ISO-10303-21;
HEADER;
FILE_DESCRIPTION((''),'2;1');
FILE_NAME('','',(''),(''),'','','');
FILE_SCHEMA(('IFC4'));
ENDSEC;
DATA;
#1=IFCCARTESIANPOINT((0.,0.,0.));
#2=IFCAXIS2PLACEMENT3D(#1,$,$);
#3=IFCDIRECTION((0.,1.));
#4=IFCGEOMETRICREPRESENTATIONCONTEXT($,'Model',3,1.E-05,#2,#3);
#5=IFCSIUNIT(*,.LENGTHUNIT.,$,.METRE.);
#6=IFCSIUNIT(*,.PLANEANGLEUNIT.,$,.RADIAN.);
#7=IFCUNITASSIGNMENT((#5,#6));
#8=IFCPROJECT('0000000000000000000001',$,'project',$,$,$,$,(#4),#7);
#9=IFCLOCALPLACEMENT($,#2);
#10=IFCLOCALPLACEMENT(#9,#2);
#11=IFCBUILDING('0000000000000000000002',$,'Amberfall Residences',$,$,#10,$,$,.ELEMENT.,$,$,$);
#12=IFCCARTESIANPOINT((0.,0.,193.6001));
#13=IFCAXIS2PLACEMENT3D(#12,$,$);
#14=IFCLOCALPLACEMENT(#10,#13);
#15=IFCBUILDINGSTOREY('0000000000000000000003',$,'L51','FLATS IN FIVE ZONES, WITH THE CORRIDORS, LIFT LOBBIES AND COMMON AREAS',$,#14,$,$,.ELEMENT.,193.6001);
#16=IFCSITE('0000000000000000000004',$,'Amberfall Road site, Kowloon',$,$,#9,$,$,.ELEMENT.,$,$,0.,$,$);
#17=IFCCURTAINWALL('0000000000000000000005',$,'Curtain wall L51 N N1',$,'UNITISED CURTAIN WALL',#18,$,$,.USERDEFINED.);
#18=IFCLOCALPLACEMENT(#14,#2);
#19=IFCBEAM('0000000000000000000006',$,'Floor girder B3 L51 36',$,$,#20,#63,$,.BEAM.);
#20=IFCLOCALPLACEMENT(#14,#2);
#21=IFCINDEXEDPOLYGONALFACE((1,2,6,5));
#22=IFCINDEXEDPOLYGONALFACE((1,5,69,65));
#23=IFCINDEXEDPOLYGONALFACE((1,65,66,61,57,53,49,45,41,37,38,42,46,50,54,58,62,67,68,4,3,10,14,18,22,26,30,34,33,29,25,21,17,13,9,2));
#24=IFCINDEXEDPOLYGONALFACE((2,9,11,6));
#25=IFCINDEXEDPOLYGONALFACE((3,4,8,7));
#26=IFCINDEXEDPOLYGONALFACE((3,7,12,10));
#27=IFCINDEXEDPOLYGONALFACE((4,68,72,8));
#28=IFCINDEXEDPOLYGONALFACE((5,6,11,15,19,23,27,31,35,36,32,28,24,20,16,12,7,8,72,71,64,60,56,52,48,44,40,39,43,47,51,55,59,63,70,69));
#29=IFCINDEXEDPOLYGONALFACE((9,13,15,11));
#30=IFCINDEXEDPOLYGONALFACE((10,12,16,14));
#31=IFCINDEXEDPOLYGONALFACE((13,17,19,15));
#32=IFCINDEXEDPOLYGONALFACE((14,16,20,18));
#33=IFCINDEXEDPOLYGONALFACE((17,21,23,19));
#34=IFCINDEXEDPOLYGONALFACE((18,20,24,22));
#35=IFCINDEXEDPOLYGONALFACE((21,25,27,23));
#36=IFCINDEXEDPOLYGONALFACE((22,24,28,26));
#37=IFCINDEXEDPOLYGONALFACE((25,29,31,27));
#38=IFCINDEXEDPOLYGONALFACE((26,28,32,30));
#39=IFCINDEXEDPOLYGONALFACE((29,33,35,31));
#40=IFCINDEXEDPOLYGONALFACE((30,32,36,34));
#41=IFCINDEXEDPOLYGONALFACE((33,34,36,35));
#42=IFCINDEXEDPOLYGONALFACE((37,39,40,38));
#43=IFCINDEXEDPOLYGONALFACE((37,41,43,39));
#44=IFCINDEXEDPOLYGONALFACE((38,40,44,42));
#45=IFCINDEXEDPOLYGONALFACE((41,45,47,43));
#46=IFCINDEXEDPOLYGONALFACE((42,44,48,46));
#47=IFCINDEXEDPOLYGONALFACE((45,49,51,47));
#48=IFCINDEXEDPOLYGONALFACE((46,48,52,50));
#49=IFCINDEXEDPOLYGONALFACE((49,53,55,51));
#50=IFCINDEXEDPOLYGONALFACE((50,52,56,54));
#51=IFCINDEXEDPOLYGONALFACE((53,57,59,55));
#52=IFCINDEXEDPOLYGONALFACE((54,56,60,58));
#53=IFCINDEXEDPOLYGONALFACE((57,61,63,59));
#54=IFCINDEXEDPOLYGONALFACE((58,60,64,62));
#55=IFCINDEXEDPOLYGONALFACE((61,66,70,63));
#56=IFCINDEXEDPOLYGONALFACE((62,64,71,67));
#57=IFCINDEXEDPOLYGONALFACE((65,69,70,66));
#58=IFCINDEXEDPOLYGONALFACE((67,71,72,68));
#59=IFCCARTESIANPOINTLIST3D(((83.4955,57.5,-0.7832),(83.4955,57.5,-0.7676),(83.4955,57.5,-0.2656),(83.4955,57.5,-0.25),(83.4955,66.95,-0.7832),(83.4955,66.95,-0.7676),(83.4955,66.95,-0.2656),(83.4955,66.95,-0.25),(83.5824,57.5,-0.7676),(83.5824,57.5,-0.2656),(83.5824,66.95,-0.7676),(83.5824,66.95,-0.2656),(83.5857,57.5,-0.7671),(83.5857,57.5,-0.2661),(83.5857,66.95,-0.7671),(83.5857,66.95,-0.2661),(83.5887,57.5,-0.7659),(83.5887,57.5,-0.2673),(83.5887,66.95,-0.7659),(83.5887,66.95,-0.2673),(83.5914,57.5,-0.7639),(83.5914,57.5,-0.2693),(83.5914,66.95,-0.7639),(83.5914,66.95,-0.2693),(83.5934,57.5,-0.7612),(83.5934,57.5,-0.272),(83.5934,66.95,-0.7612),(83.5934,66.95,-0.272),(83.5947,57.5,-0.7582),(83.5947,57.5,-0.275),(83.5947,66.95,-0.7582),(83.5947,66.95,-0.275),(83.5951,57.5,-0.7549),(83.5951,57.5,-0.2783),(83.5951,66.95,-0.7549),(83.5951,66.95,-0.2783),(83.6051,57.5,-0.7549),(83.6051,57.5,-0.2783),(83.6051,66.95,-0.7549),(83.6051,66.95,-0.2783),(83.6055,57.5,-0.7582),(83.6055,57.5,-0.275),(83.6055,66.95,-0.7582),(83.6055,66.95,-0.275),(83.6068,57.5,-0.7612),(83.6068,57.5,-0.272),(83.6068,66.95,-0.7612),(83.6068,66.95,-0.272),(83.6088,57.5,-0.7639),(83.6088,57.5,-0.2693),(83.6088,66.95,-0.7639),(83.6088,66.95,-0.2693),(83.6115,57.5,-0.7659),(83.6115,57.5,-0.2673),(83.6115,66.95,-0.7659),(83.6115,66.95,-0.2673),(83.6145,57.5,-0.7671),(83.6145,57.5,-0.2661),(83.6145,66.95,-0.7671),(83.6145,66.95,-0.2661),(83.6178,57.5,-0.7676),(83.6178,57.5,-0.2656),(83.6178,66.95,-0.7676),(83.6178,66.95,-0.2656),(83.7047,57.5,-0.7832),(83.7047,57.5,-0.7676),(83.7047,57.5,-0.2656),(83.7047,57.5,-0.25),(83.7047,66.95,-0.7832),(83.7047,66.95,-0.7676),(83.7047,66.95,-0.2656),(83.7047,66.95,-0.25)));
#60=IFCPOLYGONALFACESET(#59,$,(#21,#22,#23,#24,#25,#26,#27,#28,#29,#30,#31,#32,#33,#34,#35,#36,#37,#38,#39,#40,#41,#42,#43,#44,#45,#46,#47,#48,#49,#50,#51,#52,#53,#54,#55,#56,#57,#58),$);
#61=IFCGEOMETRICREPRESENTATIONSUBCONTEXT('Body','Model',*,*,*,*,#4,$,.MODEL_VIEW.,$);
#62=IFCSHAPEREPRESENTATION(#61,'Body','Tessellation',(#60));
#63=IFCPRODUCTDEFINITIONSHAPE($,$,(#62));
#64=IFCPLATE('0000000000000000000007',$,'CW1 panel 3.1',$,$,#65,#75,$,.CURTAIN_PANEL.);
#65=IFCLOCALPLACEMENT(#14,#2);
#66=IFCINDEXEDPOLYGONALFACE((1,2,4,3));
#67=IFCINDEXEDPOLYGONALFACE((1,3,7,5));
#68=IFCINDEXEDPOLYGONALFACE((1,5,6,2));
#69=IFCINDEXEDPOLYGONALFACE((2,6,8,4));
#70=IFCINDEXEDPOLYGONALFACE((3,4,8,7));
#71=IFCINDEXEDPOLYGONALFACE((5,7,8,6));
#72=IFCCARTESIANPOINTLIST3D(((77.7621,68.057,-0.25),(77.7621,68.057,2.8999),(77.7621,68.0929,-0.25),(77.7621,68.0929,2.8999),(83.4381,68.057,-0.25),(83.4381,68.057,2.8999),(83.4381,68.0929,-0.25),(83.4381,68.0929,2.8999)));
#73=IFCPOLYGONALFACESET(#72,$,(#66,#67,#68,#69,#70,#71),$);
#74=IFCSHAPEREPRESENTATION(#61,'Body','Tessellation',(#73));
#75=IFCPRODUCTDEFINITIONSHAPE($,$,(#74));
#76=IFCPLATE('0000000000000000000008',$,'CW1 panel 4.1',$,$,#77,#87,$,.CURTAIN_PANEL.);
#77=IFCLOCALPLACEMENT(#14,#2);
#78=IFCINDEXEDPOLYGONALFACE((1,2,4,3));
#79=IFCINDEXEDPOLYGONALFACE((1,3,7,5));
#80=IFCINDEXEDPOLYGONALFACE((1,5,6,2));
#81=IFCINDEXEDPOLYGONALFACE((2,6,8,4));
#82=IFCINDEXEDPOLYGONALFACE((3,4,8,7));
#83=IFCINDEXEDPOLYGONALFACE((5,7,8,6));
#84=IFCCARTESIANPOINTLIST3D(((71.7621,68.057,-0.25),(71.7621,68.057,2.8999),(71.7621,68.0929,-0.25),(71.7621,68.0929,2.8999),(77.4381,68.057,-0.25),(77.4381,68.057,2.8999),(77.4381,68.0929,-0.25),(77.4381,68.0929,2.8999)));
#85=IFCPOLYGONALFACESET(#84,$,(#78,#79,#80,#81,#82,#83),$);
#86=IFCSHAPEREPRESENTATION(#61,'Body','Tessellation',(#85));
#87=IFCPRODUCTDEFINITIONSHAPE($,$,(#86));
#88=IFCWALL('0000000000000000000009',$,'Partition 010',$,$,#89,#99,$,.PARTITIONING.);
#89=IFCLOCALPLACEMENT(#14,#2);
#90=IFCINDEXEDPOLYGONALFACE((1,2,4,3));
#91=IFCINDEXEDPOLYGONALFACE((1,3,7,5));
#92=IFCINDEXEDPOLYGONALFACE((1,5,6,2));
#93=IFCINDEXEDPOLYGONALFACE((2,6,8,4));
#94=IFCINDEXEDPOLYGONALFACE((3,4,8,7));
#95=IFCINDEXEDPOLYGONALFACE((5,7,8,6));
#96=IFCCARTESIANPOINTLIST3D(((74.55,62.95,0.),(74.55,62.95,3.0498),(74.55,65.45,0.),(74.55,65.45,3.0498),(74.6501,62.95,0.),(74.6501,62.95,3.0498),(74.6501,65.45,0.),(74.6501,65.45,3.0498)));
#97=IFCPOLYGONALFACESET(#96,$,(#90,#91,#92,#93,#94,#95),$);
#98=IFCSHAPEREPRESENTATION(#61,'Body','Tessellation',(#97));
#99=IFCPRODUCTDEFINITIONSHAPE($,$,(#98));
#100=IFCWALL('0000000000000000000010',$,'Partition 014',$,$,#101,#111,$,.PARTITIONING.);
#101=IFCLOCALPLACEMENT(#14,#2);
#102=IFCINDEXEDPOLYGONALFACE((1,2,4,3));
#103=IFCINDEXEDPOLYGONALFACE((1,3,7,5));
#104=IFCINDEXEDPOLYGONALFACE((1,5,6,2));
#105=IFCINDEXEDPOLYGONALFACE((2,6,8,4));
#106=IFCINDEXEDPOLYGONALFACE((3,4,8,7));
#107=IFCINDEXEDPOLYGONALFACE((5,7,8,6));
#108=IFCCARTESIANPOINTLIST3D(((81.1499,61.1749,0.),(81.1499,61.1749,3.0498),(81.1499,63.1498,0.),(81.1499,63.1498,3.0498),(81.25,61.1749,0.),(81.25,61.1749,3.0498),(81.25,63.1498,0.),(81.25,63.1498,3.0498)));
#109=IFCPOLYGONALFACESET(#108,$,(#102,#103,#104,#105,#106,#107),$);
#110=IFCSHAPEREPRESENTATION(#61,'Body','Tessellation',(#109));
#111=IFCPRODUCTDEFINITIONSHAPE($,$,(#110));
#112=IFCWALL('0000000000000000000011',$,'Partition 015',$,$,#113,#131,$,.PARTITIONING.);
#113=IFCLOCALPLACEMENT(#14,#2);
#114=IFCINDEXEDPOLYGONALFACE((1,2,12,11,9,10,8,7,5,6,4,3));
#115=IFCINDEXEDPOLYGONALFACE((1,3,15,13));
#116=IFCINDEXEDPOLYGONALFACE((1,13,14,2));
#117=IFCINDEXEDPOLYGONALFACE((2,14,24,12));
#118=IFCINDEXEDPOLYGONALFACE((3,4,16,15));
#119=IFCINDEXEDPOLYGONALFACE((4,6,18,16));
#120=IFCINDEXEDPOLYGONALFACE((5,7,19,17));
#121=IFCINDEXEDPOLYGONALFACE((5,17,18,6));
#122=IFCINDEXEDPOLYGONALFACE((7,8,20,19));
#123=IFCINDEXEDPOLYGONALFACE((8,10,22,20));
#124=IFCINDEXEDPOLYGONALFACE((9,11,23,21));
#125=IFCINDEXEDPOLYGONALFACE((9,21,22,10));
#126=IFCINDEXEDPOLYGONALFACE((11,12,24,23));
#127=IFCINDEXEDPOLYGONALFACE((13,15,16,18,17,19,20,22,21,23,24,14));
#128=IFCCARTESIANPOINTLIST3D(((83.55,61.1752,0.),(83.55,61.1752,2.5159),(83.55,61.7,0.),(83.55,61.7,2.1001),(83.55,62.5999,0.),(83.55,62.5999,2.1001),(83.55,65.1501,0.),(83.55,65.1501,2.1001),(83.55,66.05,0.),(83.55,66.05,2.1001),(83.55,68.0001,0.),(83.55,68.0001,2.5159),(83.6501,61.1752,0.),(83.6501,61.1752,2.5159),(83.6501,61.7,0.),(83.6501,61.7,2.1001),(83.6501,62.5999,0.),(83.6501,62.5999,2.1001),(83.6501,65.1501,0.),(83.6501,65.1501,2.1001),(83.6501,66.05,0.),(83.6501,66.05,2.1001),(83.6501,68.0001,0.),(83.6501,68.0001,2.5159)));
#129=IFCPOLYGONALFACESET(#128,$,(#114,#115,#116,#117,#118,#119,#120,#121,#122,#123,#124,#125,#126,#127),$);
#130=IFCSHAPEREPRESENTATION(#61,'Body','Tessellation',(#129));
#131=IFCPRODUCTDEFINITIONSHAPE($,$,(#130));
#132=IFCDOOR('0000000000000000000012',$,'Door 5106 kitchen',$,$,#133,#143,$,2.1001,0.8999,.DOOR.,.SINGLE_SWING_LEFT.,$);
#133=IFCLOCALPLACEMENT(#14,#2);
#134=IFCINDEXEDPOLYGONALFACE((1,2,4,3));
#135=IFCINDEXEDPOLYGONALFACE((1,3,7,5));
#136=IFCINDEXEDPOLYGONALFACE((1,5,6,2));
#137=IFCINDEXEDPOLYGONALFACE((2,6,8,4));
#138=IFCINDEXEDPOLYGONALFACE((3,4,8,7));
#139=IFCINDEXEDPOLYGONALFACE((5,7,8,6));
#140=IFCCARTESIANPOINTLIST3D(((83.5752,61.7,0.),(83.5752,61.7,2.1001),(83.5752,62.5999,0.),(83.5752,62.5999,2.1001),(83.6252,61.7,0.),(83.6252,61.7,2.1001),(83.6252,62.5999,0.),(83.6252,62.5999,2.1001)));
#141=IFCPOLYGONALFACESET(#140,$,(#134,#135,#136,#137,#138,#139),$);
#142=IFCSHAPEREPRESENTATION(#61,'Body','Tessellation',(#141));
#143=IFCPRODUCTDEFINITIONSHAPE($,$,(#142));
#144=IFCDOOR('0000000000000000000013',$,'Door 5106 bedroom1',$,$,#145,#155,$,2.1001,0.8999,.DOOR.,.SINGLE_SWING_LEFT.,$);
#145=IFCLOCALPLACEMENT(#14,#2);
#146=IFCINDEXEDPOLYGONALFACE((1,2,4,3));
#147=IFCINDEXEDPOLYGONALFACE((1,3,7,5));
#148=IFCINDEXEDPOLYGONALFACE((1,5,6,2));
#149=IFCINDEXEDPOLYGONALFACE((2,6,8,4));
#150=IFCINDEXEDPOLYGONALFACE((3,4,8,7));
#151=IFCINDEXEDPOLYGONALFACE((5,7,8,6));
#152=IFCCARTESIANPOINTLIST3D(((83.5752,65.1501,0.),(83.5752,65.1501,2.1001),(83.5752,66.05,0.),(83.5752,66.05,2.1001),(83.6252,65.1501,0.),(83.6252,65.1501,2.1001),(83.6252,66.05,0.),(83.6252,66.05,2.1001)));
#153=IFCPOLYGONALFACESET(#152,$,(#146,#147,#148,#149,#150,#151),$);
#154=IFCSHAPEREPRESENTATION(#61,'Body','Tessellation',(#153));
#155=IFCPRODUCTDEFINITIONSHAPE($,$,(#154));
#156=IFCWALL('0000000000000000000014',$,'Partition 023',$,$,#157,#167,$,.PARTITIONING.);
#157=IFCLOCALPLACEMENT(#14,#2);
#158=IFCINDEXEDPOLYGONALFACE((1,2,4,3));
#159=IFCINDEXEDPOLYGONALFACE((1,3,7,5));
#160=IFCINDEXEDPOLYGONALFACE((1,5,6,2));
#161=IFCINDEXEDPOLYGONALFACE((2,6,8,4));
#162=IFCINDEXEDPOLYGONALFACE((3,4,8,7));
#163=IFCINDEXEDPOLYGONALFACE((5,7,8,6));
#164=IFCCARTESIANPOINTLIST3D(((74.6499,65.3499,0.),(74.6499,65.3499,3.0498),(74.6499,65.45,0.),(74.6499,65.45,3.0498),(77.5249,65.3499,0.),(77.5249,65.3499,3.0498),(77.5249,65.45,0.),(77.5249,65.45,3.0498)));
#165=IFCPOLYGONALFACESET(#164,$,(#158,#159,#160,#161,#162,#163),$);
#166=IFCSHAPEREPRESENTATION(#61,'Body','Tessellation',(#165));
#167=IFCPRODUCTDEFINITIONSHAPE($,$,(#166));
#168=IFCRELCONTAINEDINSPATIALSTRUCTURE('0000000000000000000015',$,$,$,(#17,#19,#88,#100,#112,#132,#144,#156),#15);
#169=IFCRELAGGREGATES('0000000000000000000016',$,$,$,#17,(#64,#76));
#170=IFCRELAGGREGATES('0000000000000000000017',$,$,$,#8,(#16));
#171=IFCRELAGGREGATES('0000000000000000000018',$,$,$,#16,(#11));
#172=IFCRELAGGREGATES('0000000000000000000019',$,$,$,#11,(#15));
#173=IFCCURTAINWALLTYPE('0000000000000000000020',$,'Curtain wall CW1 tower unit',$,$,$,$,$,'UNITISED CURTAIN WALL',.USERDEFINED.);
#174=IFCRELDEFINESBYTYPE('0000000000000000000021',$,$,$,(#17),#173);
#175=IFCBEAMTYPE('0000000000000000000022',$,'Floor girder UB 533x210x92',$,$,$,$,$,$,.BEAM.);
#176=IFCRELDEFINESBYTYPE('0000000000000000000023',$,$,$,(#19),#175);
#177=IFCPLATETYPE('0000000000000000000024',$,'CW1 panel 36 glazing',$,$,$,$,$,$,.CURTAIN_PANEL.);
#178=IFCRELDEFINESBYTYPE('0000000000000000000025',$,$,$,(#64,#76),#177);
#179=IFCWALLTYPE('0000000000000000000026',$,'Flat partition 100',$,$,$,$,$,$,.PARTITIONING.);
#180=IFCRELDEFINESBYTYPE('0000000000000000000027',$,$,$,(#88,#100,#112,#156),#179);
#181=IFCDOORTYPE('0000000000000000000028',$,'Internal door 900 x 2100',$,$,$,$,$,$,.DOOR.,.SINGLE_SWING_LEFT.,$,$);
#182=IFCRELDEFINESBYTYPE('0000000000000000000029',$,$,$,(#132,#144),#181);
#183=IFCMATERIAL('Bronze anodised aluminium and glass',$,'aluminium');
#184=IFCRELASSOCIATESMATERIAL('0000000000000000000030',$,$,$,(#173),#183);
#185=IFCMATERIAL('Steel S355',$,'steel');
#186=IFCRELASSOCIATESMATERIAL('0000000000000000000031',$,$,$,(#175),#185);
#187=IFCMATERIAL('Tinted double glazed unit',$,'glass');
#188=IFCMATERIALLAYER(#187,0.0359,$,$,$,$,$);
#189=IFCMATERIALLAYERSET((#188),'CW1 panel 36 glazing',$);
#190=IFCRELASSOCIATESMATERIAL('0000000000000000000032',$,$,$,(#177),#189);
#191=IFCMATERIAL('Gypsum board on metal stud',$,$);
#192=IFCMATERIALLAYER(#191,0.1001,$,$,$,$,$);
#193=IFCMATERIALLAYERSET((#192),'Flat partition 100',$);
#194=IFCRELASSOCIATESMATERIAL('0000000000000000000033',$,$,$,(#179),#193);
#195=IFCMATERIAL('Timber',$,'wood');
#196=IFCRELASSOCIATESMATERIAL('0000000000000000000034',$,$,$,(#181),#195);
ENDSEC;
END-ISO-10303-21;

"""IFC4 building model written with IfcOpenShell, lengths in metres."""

from ifc_helpers import new_model, si_unit, direction, frame, frame_2d, origin, origin_2d, place, context, subcontext, project, spatial, rectangle, i_section, extrude, material, layer, layer_set, material_profile, profile_set, type_object, element, fill, aggregate, save


model = new_model("IFC4")

# Units and contexts
model_context = context("Model", 3, precision=1e-05, world=origin(), true_north=direction((0.0, 1.0)))
body_context = subcontext(model_context, "Body", "Model", "MODEL_VIEW")
ifc_project = project(units=[si_unit("LENGTHUNIT", "METRE"), si_unit("PLANEANGLEUNIT", "RADIAN")], contexts=[model_context])

# Site, building, storey
site_placement = place(None, origin())
site = spatial("IfcSite", under=ifc_project, at=site_placement, Name="Amberfall Road site, Kowloon", CompositionType="ELEMENT", RefElevation=0.0)
building_placement = place(site_placement, origin())
building = spatial("IfcBuilding", under=site, at=building_placement, Name="Amberfall Residences", CompositionType="ELEMENT")
storey_placement = place(building_placement, frame((0.0, 0.0, 193.6001)))
storey = spatial("IfcBuildingStorey", under=building, at=storey_placement, Name="L51", Description="FLATS IN FIVE ZONES, WITH THE CORRIDORS, LIFT LOBBIES AND COMMON AREAS", CompositionType="ELEMENT", Elevation=193.6001)

# Curtain wall
ifc_material_1 = material(Name="Bronze anodised aluminium and glass", Category="aluminium")
curtain_wall_type = type_object("IfcCurtainWallType", Name="Curtain wall CW1 tower unit", ElementType="UNITISED CURTAIN WALL", PredefinedType="USERDEFINED", material=ifc_material_1)
curtain_wall_placement = place(storey_placement, origin())
curtain_wall = element("IfcCurtainWall", 1, at=curtain_wall_placement, inside=storey, type_object=curtain_wall_type, Name="Curtain wall L51 N N1", ObjectType="UNITISED CURTAIN WALL", PredefinedType="USERDEFINED")

# Shared definitions
ifc_material_2 = material(Name="Steel S355", Category="steel")

# Beam
ifc_material_profile_1 = material_profile(ifc_material_2, i_section(OverallWidth=0.2092, OverallDepth=0.5332, WebThickness=0.01, FlangeThickness=0.0156, FilletRadius=0.0127, at=origin_2d()), Name="UB 533x210x92")
ifc_profile_set_1 = profile_set([ifc_material_profile_1], Name="Steel S355")
beam_type_1 = type_object("IfcBeamType", Name="Floor girder UB 533x210x92", PredefinedType="BEAM", material=ifc_profile_set_1)
for number, where, z_axis, x_axis, name in (
    (2, (83.6001, 66.95, -0.5166), (0.0, -1.0, 0.0), (1.0, 0.0, 0.0), "Floor girder B3 L51 36"),
):
    element("IfcBeam", number, at=place(storey_placement, frame(where, z_axis=z_axis, x_axis=x_axis)), inside=storey, type_object=beam_type_1, Name=name, PredefinedType="BEAM", context=body_context, shape_type="SweptSolid", body=[
        extrude(i_section(OverallWidth=0.2092, OverallDepth=0.5332, WebThickness=0.01, FlangeThickness=0.0156, FilletRadius=0.0127, at=origin_2d()), origin(), (0.0, 0.0, 1.0), 9.45),
    ])

# Plates
ifc_material_3 = material(Name="Tinted double glazed unit", Category="glass")
ifc_layer_1 = layer(ifc_material_3, 0.0359)
ifc_layer_set_1 = layer_set([ifc_layer_1], Name="CW1 panel 36 glazing")
plate_type = type_object("IfcPlateType", Name="CW1 panel 36 glazing", PredefinedType="CURTAIN_PANEL", material=ifc_layer_set_1)
plate_1_placement = place(storey_placement, frame((80.6001, 68.075, -0.25), z_axis=(0.0, 0.0, 1.0), x_axis=(-1.0, 0.0, 0.0)))
plate_1 = element("IfcPlate", 3, at=plate_1_placement, type_object=plate_type, Name="CW1 panel 3.1", PredefinedType="CURTAIN_PANEL", context=body_context, shape_type="SweptSolid", body=[
    extrude(rectangle(XDim=5.676, YDim=0.0359, at=origin_2d()), origin(), (0.0, 0.0, 1.0), 3.1499),
])
plate_2_placement = place(storey_placement, frame((74.6001, 68.075, -0.25), z_axis=(0.0, 0.0, 1.0), x_axis=(-1.0, 0.0, 0.0)))
plate_2 = element("IfcPlate", 4, at=plate_2_placement, type_object=plate_type, Name="CW1 panel 4.1", PredefinedType="CURTAIN_PANEL", context=body_context, shape_type="SweptSolid", body=[
    extrude(rectangle(XDim=5.676, YDim=0.0359, at=origin_2d()), origin(), (0.0, 0.0, 1.0), 3.1499),
])
aggregate(curtain_wall, [plate_1, plate_2])

# Walls
ifc_material_4 = material(Name="Gypsum board on metal stud")
ifc_layer_2 = layer(ifc_material_4, 0.1001)
ifc_layer_set_2 = layer_set([ifc_layer_2], Name="Flat partition 100")
wall_type_1 = type_object("IfcWallType", Name="Flat partition 100", PredefinedType="PARTITIONING", material=ifc_layer_set_2)
wall_1_placement = place(storey_placement, frame((74.6001, 62.95, 0.0), z_axis=(0.0, 0.0, 1.0), x_axis=(0.0, 1.0, 0.0)))
element("IfcWall", 5, at=wall_1_placement, inside=storey, type_object=wall_type_1, Name="Partition 010", PredefinedType="PARTITIONING", context=body_context, shape_type="SweptSolid", body=[
    extrude(rectangle(XDim=2.5, YDim=0.1001, at=frame_2d((1.25, 0.0))), origin(), (0.0, 0.0, 1.0), 3.0498),
])
wall_2_placement = place(storey_placement, frame((81.2, 61.175, 0.0), z_axis=(0.0, 0.0, 1.0), x_axis=(0.0, 1.0, 0.0)))
element("IfcWall", 6, at=wall_2_placement, inside=storey, type_object=wall_type_1, Name="Partition 014", PredefinedType="PARTITIONING", context=body_context, shape_type="SweptSolid", body=[
    extrude(rectangle(XDim=1.9749, YDim=0.1001, at=frame_2d((0.9873, 0.0))), origin(), (0.0, 0.0, 1.0), 3.0498),
])

# Wall, openings, doors
wall_3_placement = place(storey_placement, frame((83.6001, 61.175, 0.0), z_axis=(0.0, 0.0, 1.0), x_axis=(0.0, 1.0, 0.0)))
wall_3 = element("IfcWall", 7, at=wall_3_placement, inside=storey, type_object=wall_type_1, Name="Partition 015", PredefinedType="PARTITIONING", context=body_context, shape_type="SweptSolid", body=[
    extrude(rectangle(XDim=6.825, YDim=0.1001, at=frame_2d((3.4126, 0.0))), origin(), (0.0, 0.0, 1.0), 2.5159),
])
opening_1_placement = place(wall_3_placement, frame((0.5249, 0.0, 0.0)))
opening_1 = element("IfcOpeningElement", 8, at=opening_1_placement, cuts=wall_3, PredefinedType="OPENING", context=body_context, shape_type="SweptSolid", body=[
    extrude(rectangle(XDim=0.8999, YDim=2.1001, at=frame_2d((0.45, 1.05))), frame((0.0, 0.0601, 0.0), z_axis=(0.0, -1.0, 0.0), x_axis=(1.0, 0.0, 0.0)), (0.0, 0.0, 1.0), 0.1201),
])
opening_2_placement = place(wall_3_placement, frame((3.9751, 0.0, 0.0)))
opening_2 = element("IfcOpeningElement", 9, at=opening_2_placement, cuts=wall_3, PredefinedType="OPENING", context=body_context, shape_type="SweptSolid", body=[
    extrude(rectangle(XDim=0.8999, YDim=2.1001, at=frame_2d((0.45, 1.05))), frame((0.0, 0.0601, 0.0), z_axis=(0.0, -1.0, 0.0), x_axis=(1.0, 0.0, 0.0)), (0.0, 0.0, 1.0), 0.1201),
])
ifc_material_5 = material(Name="Timber", Category="wood")
door_type_1 = type_object("IfcDoorType", Name="Internal door 900 x 2100", OperationType="SINGLE_SWING_LEFT", PredefinedType="DOOR", material=ifc_material_5)
door_1_placement = place(opening_1_placement, origin())
door_1 = element("IfcDoor", 10, at=door_1_placement, inside=storey, type_object=door_type_1, Name="Door 5106 kitchen", OperationType="SINGLE_SWING_LEFT", OverallHeight=2.1001, OverallWidth=0.8999, PredefinedType="DOOR", context=body_context, shape_type="SweptSolid", body=[
    extrude(rectangle(XDim=0.8999, YDim=2.1001, at=frame_2d((0.45, 1.05))), frame((0.0, 0.0249, 0.0), z_axis=(0.0, -1.0, 0.0), x_axis=(1.0, 0.0, 0.0)), (0.0, 0.0, 1.0), 0.05),
])
fill(opening_1, door_1)
door_2_placement = place(opening_2_placement, origin())
door_2 = element("IfcDoor", 11, at=door_2_placement, inside=storey, type_object=door_type_1, Name="Door 5106 bedroom1", OperationType="SINGLE_SWING_LEFT", OverallHeight=2.1001, OverallWidth=0.8999, PredefinedType="DOOR", context=body_context, shape_type="SweptSolid", body=[
    extrude(rectangle(XDim=0.8999, YDim=2.1001, at=frame_2d((0.45, 1.05))), frame((0.0, 0.0249, 0.0), z_axis=(0.0, -1.0, 0.0), x_axis=(1.0, 0.0, 0.0)), (0.0, 0.0, 1.0), 0.05),
])
fill(opening_2, door_2)

# Wall
wall_4_placement = place(storey_placement, frame((74.6499, 65.3999, 0.0), z_axis=(0.0, 0.0, 1.0), x_axis=(1.0, 0.0, 0.0)))
element("IfcWall", 12, at=wall_4_placement, inside=storey, type_object=wall_type_1, Name="Partition 023", PredefinedType="PARTITIONING", context=body_context, shape_type="SweptSolid", body=[
    extrude(rectangle(XDim=2.875, YDim=0.1001, at=frame_2d((1.4375, 0.0))), origin(), (0.0, 0.0, 1.0), 3.0498),
])

save(model, "model.ifc")
